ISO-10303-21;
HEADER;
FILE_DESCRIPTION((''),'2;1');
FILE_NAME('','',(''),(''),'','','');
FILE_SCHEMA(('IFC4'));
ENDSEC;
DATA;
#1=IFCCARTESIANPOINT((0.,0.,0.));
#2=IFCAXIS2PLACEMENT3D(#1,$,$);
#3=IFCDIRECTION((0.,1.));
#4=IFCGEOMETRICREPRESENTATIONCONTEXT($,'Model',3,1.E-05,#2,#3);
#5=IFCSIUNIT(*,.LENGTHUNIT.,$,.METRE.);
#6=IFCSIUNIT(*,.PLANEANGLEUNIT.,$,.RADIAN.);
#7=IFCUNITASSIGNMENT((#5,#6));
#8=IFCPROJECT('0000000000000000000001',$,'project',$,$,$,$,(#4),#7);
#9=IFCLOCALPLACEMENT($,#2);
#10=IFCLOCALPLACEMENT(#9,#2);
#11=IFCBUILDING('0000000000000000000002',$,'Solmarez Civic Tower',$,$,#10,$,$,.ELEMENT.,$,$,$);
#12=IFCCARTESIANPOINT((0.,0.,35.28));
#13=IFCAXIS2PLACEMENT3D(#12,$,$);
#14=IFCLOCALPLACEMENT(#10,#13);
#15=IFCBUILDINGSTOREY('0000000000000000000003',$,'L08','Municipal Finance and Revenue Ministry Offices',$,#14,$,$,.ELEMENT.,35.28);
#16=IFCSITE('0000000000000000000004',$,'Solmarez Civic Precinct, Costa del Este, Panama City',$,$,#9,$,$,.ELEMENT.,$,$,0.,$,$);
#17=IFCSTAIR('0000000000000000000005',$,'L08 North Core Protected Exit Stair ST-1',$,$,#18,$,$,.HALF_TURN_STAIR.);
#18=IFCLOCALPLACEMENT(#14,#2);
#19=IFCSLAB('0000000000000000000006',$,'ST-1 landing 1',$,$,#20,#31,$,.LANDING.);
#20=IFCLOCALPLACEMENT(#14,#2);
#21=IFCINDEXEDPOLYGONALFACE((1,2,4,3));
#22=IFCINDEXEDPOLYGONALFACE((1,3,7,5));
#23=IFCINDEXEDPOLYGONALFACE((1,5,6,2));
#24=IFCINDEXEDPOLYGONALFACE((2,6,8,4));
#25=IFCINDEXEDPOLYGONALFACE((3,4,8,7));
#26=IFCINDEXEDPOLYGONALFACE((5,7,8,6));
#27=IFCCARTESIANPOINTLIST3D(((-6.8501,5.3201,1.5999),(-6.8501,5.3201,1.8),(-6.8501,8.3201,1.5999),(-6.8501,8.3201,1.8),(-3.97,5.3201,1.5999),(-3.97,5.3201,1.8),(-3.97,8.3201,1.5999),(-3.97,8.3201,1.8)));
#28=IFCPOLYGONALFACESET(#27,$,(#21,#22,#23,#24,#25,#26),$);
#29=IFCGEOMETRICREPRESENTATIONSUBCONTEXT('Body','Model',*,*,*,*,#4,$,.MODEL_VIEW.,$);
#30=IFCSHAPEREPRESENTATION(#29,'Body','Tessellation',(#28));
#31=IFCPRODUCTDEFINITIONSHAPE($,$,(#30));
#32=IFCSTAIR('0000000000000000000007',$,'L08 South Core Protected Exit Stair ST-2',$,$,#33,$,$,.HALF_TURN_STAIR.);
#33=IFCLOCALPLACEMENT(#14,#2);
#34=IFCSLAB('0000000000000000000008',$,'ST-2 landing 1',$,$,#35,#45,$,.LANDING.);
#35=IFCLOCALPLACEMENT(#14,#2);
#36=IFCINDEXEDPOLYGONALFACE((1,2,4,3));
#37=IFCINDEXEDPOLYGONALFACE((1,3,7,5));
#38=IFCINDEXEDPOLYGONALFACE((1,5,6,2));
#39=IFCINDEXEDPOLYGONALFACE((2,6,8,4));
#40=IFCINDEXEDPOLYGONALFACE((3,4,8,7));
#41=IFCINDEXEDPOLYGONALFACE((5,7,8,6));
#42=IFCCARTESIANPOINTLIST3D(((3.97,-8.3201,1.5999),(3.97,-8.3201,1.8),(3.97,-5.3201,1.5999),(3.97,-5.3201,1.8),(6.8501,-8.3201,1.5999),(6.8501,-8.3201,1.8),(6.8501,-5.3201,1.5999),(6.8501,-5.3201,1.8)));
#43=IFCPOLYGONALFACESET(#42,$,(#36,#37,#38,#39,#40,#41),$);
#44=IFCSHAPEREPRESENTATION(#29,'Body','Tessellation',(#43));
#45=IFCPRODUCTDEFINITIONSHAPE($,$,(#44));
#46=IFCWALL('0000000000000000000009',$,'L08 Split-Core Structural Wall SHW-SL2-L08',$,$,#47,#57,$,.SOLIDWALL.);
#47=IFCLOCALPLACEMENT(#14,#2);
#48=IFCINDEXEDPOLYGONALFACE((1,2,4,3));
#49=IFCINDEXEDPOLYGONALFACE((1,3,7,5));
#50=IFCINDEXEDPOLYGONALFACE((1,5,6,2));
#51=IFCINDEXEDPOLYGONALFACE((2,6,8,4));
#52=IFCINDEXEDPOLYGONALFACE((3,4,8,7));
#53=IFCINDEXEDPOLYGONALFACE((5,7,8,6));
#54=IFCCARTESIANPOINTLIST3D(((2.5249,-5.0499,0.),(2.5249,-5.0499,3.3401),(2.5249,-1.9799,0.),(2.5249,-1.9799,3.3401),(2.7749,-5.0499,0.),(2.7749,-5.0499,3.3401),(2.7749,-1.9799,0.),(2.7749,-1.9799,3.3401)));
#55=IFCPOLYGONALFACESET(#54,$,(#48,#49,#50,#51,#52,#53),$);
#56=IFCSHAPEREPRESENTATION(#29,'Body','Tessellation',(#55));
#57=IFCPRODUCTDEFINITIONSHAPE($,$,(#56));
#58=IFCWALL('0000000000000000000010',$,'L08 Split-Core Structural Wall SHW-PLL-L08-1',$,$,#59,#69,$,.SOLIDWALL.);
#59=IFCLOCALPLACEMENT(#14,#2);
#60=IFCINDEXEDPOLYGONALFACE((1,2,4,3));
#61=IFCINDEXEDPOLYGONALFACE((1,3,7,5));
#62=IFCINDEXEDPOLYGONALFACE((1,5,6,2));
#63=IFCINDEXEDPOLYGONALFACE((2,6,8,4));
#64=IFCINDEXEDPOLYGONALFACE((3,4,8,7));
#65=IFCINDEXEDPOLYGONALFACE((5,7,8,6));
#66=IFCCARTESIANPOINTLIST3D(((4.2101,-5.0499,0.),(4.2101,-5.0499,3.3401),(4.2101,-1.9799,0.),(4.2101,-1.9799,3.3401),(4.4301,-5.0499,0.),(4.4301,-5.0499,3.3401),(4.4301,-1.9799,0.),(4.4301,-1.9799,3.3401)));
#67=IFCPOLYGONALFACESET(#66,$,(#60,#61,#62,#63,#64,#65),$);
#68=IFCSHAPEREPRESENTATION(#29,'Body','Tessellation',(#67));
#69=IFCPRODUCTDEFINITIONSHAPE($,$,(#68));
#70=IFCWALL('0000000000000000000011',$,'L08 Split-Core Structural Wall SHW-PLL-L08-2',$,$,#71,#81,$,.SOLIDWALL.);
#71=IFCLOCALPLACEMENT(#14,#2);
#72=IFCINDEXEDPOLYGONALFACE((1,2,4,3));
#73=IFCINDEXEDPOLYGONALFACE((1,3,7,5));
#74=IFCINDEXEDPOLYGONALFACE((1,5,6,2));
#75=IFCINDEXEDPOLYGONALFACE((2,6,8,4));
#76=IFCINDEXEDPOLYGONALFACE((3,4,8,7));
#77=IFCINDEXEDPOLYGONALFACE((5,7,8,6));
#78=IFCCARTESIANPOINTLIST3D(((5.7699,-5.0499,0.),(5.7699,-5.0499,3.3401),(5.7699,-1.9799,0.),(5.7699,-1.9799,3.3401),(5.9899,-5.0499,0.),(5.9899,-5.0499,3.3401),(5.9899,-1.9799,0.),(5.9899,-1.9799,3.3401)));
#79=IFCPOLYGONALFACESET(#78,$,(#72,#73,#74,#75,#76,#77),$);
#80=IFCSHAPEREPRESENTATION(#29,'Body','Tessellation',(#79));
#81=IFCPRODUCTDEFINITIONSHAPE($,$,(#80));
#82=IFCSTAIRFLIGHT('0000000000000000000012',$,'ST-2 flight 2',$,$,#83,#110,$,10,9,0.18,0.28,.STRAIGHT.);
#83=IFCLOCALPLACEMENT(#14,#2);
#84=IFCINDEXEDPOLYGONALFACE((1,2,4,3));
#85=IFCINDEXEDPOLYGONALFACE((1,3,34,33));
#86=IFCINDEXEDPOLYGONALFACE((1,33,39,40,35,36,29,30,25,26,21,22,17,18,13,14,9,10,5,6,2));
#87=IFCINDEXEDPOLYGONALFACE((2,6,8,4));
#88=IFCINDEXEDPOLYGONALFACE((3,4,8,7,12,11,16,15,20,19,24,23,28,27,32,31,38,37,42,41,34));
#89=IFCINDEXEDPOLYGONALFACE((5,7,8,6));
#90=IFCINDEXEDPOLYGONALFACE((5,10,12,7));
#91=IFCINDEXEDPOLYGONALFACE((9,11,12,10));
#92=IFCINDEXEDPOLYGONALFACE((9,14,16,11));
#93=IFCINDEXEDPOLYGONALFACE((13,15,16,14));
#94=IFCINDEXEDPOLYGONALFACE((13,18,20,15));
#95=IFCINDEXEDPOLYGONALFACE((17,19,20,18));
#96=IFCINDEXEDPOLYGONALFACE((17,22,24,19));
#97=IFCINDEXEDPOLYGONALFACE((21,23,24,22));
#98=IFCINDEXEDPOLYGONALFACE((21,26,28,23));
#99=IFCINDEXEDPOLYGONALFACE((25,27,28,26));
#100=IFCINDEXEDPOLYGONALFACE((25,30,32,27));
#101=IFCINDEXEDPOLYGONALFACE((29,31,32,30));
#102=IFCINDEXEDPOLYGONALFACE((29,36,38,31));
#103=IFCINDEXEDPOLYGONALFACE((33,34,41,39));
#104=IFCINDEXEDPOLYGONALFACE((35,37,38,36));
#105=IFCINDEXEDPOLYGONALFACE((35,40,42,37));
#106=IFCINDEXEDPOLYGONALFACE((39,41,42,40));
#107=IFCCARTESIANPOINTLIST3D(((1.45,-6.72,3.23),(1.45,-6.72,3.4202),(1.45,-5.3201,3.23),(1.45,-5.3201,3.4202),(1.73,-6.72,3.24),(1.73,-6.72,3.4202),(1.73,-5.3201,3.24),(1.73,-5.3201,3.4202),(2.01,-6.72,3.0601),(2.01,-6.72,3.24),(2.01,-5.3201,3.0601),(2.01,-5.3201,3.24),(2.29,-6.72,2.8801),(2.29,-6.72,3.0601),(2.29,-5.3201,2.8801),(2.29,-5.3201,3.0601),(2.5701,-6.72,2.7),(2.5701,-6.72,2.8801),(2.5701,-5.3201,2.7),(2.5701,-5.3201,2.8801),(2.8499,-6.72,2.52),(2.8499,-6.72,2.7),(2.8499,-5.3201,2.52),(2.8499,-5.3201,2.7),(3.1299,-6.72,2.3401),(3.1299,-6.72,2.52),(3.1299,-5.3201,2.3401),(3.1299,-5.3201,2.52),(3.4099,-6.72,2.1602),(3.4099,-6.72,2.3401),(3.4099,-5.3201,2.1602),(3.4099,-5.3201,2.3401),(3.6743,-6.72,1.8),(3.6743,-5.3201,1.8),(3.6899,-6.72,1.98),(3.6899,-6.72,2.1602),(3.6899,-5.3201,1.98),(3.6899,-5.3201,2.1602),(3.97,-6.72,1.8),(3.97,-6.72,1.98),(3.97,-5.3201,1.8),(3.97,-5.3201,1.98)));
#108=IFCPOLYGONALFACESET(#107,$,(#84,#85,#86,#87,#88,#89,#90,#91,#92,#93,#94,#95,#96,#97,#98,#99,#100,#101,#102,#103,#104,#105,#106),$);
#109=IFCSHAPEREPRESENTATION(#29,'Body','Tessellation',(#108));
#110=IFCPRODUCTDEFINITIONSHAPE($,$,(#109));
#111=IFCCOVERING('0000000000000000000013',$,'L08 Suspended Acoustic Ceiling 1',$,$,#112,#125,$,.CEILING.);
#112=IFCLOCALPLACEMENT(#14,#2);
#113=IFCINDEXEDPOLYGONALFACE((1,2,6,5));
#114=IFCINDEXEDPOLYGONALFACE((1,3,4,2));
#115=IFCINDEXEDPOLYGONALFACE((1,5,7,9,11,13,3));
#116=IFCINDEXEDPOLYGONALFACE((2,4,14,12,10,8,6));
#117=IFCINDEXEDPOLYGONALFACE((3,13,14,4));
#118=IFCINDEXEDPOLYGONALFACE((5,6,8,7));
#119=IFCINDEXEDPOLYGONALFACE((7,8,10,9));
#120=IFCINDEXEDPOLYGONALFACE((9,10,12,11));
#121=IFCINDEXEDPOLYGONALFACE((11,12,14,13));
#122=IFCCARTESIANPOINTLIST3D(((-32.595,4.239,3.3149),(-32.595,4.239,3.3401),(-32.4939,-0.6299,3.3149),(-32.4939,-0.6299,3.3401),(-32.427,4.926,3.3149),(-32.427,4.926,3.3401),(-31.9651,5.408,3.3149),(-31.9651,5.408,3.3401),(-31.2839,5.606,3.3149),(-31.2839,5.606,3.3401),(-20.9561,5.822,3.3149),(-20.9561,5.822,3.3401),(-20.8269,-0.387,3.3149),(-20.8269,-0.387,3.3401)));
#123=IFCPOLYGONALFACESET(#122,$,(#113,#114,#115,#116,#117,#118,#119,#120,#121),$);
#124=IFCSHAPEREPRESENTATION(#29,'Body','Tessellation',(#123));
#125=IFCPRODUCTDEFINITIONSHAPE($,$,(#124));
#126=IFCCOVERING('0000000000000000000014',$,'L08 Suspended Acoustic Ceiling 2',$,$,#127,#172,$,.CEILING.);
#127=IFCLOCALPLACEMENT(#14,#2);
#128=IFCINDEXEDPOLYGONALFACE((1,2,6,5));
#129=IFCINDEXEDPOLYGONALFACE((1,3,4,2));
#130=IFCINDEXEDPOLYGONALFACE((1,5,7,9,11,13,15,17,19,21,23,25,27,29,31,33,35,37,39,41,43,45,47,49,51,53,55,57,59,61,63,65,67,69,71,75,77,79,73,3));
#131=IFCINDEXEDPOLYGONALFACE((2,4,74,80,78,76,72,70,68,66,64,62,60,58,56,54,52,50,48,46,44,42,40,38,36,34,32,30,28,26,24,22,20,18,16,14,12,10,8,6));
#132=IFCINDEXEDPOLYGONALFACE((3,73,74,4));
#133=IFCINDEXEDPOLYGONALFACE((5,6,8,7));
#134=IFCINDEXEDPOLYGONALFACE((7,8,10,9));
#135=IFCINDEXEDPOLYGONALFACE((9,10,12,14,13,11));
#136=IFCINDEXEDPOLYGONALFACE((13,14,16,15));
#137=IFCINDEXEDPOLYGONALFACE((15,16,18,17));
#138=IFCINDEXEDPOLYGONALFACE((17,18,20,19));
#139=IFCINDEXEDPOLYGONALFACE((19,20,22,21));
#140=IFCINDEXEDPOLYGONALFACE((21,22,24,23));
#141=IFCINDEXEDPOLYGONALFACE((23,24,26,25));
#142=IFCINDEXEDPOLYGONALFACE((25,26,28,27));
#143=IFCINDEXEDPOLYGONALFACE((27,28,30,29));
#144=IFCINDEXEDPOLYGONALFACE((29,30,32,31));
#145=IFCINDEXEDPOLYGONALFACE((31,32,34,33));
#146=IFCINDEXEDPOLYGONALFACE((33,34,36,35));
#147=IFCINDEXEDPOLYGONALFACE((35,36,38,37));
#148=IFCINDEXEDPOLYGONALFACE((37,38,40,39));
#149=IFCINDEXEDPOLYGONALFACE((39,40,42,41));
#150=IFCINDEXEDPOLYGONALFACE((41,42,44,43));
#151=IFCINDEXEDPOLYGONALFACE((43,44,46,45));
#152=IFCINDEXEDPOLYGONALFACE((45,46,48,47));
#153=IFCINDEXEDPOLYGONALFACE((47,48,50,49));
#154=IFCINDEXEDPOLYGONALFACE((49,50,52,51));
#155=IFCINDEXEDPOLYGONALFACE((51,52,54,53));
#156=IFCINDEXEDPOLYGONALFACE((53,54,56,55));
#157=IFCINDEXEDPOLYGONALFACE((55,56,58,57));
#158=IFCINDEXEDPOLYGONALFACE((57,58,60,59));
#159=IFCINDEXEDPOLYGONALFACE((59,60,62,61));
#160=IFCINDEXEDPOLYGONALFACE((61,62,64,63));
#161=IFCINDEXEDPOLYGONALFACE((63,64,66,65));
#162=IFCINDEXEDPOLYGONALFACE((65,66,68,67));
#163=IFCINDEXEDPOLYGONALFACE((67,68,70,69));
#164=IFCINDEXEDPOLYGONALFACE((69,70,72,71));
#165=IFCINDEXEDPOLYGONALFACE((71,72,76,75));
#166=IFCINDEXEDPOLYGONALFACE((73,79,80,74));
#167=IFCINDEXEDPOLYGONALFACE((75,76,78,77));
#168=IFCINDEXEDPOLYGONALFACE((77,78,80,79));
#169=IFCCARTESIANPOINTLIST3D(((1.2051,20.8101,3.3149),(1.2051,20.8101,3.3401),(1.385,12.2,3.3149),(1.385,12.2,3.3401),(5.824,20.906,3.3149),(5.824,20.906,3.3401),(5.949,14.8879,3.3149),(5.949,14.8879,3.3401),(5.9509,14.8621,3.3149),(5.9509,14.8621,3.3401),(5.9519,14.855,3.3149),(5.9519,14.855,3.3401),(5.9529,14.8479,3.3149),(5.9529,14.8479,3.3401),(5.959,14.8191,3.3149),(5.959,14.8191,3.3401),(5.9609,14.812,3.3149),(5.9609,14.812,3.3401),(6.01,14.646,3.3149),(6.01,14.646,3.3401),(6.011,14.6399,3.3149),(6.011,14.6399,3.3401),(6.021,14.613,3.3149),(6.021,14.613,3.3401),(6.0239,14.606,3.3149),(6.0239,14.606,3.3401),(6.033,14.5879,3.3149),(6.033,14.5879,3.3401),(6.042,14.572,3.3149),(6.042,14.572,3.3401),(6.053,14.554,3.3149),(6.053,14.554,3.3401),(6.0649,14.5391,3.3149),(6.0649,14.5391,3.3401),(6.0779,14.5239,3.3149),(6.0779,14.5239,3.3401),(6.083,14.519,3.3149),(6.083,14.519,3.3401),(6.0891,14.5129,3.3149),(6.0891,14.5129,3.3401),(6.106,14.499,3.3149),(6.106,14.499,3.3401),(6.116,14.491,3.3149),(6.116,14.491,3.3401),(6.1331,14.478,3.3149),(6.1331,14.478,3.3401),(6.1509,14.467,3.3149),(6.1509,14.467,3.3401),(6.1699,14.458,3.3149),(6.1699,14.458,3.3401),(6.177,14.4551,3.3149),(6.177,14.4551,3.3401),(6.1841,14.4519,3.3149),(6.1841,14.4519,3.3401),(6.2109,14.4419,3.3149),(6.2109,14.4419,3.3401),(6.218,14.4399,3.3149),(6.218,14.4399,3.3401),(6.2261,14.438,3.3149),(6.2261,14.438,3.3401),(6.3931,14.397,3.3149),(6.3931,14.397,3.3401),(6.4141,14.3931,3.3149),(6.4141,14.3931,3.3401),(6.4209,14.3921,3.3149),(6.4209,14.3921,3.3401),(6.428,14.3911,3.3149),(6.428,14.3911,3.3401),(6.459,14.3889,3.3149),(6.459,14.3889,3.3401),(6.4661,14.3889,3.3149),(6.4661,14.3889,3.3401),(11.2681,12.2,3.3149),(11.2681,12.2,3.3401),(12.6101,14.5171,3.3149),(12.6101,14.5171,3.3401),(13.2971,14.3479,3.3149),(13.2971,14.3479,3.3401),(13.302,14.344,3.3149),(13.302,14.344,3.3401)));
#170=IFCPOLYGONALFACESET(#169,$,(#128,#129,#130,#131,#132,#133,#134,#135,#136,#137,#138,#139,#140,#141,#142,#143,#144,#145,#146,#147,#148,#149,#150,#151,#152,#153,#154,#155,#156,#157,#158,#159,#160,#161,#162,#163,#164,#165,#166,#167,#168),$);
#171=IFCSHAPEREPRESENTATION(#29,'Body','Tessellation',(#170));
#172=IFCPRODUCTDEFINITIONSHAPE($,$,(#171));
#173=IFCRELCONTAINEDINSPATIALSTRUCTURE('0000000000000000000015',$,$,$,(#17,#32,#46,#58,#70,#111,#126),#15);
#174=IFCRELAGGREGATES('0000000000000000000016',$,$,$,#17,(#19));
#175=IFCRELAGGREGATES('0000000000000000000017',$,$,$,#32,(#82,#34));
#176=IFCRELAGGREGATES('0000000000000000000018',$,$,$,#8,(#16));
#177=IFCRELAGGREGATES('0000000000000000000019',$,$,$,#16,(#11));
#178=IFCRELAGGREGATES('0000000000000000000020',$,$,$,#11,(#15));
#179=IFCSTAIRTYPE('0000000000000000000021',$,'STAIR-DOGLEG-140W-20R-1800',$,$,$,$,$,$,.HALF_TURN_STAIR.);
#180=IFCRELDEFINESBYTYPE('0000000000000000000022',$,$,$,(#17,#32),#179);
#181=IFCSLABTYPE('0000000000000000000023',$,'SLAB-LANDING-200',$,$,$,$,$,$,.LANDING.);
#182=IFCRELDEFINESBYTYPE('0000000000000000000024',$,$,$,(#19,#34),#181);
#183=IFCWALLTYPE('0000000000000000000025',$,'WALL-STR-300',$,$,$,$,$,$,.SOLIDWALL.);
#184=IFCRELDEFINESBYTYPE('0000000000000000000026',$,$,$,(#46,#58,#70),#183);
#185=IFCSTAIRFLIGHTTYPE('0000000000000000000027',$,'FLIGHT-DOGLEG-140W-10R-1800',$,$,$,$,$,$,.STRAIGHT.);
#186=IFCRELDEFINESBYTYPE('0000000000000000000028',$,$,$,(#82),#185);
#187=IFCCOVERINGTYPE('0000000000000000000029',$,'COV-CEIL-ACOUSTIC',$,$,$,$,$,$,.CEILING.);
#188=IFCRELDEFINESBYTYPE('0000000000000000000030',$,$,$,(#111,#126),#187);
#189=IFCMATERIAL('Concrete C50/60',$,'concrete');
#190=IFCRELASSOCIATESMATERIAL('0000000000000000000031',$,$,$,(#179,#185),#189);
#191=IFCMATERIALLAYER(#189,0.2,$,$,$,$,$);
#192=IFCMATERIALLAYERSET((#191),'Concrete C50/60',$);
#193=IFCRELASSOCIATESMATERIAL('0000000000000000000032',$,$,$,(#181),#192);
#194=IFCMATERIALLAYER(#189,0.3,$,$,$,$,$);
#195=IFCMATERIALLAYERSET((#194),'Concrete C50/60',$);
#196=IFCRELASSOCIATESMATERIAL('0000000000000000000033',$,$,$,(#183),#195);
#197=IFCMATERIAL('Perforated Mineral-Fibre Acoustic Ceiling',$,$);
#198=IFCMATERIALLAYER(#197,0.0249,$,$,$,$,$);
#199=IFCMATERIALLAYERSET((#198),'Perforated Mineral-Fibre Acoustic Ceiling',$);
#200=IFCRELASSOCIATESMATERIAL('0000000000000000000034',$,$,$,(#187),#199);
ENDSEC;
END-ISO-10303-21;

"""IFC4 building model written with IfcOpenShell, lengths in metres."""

from ifc_helpers import new_model, si_unit, direction, frame, frame_2d, origin, place, context, subcontext, project, spatial, polyline, rectangle, outline, extrude, material, layer, layer_set, type_object, element, aggregate, save


model = new_model("IFC4")

# Units and contexts
model_context = context("Model", 3, precision=1e-05, world=origin(), true_north=direction((0.0, 1.0)))
body_context = subcontext(model_context, "Body", "Model", "MODEL_VIEW")
ifc_project = project(units=[si_unit("LENGTHUNIT", "METRE"), si_unit("PLANEANGLEUNIT", "RADIAN")], contexts=[model_context])

# Site, building, storey
site_placement = place(None, origin())
site = spatial("IfcSite", under=ifc_project, at=site_placement, Name="Solmarez Civic Precinct, Costa del Este, Panama City", CompositionType="ELEMENT", RefElevation=0.0)
building_placement = place(site_placement, origin())
building = spatial("IfcBuilding", under=site, at=building_placement, Name="Solmarez Civic Tower", CompositionType="ELEMENT")
storey_placement = place(building_placement, frame((0.0, 0.0, 35.28)))
storey = spatial("IfcBuildingStorey", under=building, at=storey_placement, Name="L08", Description="Municipal Finance and Revenue Ministry Offices", CompositionType="ELEMENT", Elevation=35.28)

# Stairs, slabs
ifc_material_1 = material(Name="Concrete C50/60", Category="concrete")
stair_type = type_object("IfcStairType", Name="STAIR-DOGLEG-140W-20R-1800", PredefinedType="HALF_TURN_STAIR", material=ifc_material_1)
stair_1_placement = place(storey_placement, origin())
stair_1 = element("IfcStair", 1, at=stair_1_placement, inside=storey, type_object=stair_type, Name="L08 North Core Protected Exit Stair ST-1", PredefinedType="HALF_TURN_STAIR")
ifc_layer_1 = layer(ifc_material_1, 0.2)
ifc_layer_set_1 = layer_set([ifc_layer_1], Name="Concrete C50/60")
slab_type = type_object("IfcSlabType", Name="SLAB-LANDING-200", PredefinedType="LANDING", material=ifc_layer_set_1)
slab_1_placement = place(storey_placement, frame((0.0, 0.0, 1.5999)))
slab_1 = element("IfcSlab", 2, at=slab_1_placement, type_object=slab_type, Name="ST-1 landing 1", PredefinedType="LANDING", context=body_context, shape_type="SweptSolid", body=[
    extrude(outline(polyline([(-3.97, 8.3201), (-6.8501, 8.3201), (-6.8501, 5.3201), (-3.97, 5.3201), (-3.97, 8.3201)])), origin(), (0.0, 0.0, 1.0), 0.2002),
])
aggregate(stair_1, [slab_1])
stair_2_placement = place(storey_placement, origin())
stair_2 = element("IfcStair", 3, at=stair_2_placement, inside=storey, type_object=stair_type, Name="L08 South Core Protected Exit Stair ST-2", PredefinedType="HALF_TURN_STAIR")
slab_2_placement = place(storey_placement, frame((0.0, 0.0, 1.5999)))
slab_2 = element("IfcSlab", 4, at=slab_2_placement, type_object=slab_type, Name="ST-2 landing 1", PredefinedType="LANDING", context=body_context, shape_type="SweptSolid", body=[
    extrude(outline(polyline([(3.97, -8.3201), (6.8501, -8.3201), (6.8501, -5.3201), (3.97, -5.3201), (3.97, -8.3201)])), origin(), (0.0, 0.0, 1.0), 0.2002),
])

# Walls
ifc_layer_2 = layer(ifc_material_1, 0.3)
ifc_layer_set_2 = layer_set([ifc_layer_2], Name="Concrete C50/60")
wall_type = type_object("IfcWallType", Name="WALL-STR-300", PredefinedType="SOLIDWALL", material=ifc_layer_set_2)
wall_placement = place(storey_placement, frame((2.6499, -5.05, 0.0), z_axis=(0.0, 0.0, 1.0), x_axis=(0.0, 1.0, 0.0)))
element("IfcWall", 5, at=wall_placement, inside=storey, type_object=wall_type, Name="L08 Split-Core Structural Wall SHW-SL2-L08", PredefinedType="SOLIDWALL", context=body_context, shape_type="SweptSolid", body=[
    extrude(rectangle(XDim=3.0701, YDim=0.25, at=frame_2d((1.5352, 0.0))), origin(), (0.0, 0.0, 1.0), 3.3401),
])
for number, where, z_axis, x_axis, name in (
    (6, (4.3201, -5.05, 0.0), (0.0, 0.0, 1.0), (0.0, 1.0, 0.0), "L08 Split-Core Structural Wall SHW-PLL-L08-1"),
    (7, (5.8799, -5.05, 0.0), (0.0, 0.0, 1.0), (0.0, 1.0, 0.0), "L08 Split-Core Structural Wall SHW-PLL-L08-2"),
):
    element("IfcWall", number, at=place(storey_placement, frame(where, z_axis=z_axis, x_axis=x_axis)), inside=storey, type_object=wall_type, Name=name, PredefinedType="SOLIDWALL", context=body_context, shape_type="SweptSolid", body=[
        extrude(rectangle(XDim=3.0701, YDim=0.22, at=frame_2d((1.5352, 0.0))), origin(), (0.0, 0.0, 1.0), 3.3401),
    ])

# Stair flight
stair_flight_type = type_object("IfcStairFlightType", Name="FLIGHT-DOGLEG-140W-10R-1800", PredefinedType="STRAIGHT", material=ifc_material_1)
stair_flight_placement = place(storey_placement, frame((3.97, -6.02, 1.8), z_axis=(0.0, 0.0, 1.0), x_axis=(-1.0, 0.0, 0.0)))
stair_flight = element("IfcStairFlight", 8, at=stair_flight_placement, type_object=stair_flight_type, Name="ST-2 flight 2", NumberOfRisers=10, NumberOfTreads=9, PredefinedType="STRAIGHT", RiserHeight=0.18, TreadLength=0.28, context=body_context, shape_type="SweptSolid", body=[
    extrude(outline(polyline([(0.0, 0.0), (0.0, 0.1799), (0.28, 0.1799), (0.28, 0.3601), (0.5601, 0.3601), (0.5601, 0.54), (0.8401, 0.54), (0.8401, 0.72), (1.1201, 0.72), (1.1201, 0.8999), (1.3999, 0.8999), (1.3999, 1.0801), (1.6799, 1.0801), (1.6799, 1.26), (1.96, 1.26), (1.96, 1.4399), (2.24, 1.4399), (2.24, 1.6201), (2.52, 1.6201), (2.52, 1.8), (2.52, 1.4299), (0.2957, 0.0), (0.0, 0.0)])), frame((0.0, 0.7, 0.0), z_axis=(0.0, -1.0, 0.0), x_axis=(1.0, 0.0, 0.0)), (0.0, 0.0, 1.0), 1.3999),
])
aggregate(stair_2, [stair_flight, slab_2])

# Coverings
ifc_material_2 = material(Name="Perforated Mineral-Fibre Acoustic Ceiling")
ifc_layer_3 = layer(ifc_material_2, 0.0249)
ifc_layer_set_3 = layer_set([ifc_layer_3], Name="Perforated Mineral-Fibre Acoustic Ceiling")
covering_type_1 = type_object("IfcCoveringType", Name="COV-CEIL-ACOUSTIC", PredefinedType="CEILING", material=ifc_layer_set_3)
covering_1_placement = place(storey_placement, frame((0.0, 0.0, 3.3149)))
element("IfcCovering", 9, at=covering_1_placement, inside=storey, type_object=covering_type_1, Name="L08 Suspended Acoustic Ceiling 1", PredefinedType="CEILING", context=body_context, shape_type="SweptSolid", body=[
    extrude(outline(polyline([(-20.9561, 5.822), (-31.2839, 5.606), (-31.9651, 5.408), (-32.427, 4.926), (-32.595, 4.239), (-32.4939, -0.6299), (-20.8269, -0.387), (-20.9561, 5.822)])), origin(), (0.0, 0.0, 1.0), 0.0251),
])
covering_2_placement = place(storey_placement, frame((0.0, 0.0, 3.3149)))
element("IfcCovering", 10, at=covering_2_placement, inside=storey, type_object=covering_type_1, Name="L08 Suspended Acoustic Ceiling 2", PredefinedType="CEILING", context=body_context, shape_type="SweptSolid", body=[
    extrude(outline(polyline([(1.385, 12.2), (11.2681, 12.2), (13.302, 14.344), (13.2971, 14.3479), (12.6101, 14.5171), (6.4661, 14.3889), (6.459, 14.3889), (6.428, 14.3911), (6.4209, 14.3921), (6.4141, 14.3931), (6.3931, 14.397), (6.2261, 14.438), (6.218, 14.4399), (6.2109, 14.4419), (6.1841, 14.4519), (6.177, 14.4551), (6.1699, 14.458), (6.1509, 14.467), (6.1331, 14.478), (6.116, 14.491), (6.106, 14.499), (6.0891, 14.5129), (6.083, 14.519), (6.0779, 14.5239), (6.0649, 14.5391), (6.053, 14.554), (6.042, 14.572), (6.033, 14.5879), (6.0239, 14.606), (6.021, 14.613), (6.011, 14.6399), (6.01, 14.646), (5.9609, 14.812), (5.959, 14.8191), (5.9529, 14.8479), (5.9519, 14.855), (5.9509, 14.8621), (5.949, 14.8879), (5.824, 20.906), (1.2051, 20.8101), (1.385, 12.2)])), origin(), (0.0, 0.0, 1.0), 0.0251),
])

save(model, "model.ifc")
